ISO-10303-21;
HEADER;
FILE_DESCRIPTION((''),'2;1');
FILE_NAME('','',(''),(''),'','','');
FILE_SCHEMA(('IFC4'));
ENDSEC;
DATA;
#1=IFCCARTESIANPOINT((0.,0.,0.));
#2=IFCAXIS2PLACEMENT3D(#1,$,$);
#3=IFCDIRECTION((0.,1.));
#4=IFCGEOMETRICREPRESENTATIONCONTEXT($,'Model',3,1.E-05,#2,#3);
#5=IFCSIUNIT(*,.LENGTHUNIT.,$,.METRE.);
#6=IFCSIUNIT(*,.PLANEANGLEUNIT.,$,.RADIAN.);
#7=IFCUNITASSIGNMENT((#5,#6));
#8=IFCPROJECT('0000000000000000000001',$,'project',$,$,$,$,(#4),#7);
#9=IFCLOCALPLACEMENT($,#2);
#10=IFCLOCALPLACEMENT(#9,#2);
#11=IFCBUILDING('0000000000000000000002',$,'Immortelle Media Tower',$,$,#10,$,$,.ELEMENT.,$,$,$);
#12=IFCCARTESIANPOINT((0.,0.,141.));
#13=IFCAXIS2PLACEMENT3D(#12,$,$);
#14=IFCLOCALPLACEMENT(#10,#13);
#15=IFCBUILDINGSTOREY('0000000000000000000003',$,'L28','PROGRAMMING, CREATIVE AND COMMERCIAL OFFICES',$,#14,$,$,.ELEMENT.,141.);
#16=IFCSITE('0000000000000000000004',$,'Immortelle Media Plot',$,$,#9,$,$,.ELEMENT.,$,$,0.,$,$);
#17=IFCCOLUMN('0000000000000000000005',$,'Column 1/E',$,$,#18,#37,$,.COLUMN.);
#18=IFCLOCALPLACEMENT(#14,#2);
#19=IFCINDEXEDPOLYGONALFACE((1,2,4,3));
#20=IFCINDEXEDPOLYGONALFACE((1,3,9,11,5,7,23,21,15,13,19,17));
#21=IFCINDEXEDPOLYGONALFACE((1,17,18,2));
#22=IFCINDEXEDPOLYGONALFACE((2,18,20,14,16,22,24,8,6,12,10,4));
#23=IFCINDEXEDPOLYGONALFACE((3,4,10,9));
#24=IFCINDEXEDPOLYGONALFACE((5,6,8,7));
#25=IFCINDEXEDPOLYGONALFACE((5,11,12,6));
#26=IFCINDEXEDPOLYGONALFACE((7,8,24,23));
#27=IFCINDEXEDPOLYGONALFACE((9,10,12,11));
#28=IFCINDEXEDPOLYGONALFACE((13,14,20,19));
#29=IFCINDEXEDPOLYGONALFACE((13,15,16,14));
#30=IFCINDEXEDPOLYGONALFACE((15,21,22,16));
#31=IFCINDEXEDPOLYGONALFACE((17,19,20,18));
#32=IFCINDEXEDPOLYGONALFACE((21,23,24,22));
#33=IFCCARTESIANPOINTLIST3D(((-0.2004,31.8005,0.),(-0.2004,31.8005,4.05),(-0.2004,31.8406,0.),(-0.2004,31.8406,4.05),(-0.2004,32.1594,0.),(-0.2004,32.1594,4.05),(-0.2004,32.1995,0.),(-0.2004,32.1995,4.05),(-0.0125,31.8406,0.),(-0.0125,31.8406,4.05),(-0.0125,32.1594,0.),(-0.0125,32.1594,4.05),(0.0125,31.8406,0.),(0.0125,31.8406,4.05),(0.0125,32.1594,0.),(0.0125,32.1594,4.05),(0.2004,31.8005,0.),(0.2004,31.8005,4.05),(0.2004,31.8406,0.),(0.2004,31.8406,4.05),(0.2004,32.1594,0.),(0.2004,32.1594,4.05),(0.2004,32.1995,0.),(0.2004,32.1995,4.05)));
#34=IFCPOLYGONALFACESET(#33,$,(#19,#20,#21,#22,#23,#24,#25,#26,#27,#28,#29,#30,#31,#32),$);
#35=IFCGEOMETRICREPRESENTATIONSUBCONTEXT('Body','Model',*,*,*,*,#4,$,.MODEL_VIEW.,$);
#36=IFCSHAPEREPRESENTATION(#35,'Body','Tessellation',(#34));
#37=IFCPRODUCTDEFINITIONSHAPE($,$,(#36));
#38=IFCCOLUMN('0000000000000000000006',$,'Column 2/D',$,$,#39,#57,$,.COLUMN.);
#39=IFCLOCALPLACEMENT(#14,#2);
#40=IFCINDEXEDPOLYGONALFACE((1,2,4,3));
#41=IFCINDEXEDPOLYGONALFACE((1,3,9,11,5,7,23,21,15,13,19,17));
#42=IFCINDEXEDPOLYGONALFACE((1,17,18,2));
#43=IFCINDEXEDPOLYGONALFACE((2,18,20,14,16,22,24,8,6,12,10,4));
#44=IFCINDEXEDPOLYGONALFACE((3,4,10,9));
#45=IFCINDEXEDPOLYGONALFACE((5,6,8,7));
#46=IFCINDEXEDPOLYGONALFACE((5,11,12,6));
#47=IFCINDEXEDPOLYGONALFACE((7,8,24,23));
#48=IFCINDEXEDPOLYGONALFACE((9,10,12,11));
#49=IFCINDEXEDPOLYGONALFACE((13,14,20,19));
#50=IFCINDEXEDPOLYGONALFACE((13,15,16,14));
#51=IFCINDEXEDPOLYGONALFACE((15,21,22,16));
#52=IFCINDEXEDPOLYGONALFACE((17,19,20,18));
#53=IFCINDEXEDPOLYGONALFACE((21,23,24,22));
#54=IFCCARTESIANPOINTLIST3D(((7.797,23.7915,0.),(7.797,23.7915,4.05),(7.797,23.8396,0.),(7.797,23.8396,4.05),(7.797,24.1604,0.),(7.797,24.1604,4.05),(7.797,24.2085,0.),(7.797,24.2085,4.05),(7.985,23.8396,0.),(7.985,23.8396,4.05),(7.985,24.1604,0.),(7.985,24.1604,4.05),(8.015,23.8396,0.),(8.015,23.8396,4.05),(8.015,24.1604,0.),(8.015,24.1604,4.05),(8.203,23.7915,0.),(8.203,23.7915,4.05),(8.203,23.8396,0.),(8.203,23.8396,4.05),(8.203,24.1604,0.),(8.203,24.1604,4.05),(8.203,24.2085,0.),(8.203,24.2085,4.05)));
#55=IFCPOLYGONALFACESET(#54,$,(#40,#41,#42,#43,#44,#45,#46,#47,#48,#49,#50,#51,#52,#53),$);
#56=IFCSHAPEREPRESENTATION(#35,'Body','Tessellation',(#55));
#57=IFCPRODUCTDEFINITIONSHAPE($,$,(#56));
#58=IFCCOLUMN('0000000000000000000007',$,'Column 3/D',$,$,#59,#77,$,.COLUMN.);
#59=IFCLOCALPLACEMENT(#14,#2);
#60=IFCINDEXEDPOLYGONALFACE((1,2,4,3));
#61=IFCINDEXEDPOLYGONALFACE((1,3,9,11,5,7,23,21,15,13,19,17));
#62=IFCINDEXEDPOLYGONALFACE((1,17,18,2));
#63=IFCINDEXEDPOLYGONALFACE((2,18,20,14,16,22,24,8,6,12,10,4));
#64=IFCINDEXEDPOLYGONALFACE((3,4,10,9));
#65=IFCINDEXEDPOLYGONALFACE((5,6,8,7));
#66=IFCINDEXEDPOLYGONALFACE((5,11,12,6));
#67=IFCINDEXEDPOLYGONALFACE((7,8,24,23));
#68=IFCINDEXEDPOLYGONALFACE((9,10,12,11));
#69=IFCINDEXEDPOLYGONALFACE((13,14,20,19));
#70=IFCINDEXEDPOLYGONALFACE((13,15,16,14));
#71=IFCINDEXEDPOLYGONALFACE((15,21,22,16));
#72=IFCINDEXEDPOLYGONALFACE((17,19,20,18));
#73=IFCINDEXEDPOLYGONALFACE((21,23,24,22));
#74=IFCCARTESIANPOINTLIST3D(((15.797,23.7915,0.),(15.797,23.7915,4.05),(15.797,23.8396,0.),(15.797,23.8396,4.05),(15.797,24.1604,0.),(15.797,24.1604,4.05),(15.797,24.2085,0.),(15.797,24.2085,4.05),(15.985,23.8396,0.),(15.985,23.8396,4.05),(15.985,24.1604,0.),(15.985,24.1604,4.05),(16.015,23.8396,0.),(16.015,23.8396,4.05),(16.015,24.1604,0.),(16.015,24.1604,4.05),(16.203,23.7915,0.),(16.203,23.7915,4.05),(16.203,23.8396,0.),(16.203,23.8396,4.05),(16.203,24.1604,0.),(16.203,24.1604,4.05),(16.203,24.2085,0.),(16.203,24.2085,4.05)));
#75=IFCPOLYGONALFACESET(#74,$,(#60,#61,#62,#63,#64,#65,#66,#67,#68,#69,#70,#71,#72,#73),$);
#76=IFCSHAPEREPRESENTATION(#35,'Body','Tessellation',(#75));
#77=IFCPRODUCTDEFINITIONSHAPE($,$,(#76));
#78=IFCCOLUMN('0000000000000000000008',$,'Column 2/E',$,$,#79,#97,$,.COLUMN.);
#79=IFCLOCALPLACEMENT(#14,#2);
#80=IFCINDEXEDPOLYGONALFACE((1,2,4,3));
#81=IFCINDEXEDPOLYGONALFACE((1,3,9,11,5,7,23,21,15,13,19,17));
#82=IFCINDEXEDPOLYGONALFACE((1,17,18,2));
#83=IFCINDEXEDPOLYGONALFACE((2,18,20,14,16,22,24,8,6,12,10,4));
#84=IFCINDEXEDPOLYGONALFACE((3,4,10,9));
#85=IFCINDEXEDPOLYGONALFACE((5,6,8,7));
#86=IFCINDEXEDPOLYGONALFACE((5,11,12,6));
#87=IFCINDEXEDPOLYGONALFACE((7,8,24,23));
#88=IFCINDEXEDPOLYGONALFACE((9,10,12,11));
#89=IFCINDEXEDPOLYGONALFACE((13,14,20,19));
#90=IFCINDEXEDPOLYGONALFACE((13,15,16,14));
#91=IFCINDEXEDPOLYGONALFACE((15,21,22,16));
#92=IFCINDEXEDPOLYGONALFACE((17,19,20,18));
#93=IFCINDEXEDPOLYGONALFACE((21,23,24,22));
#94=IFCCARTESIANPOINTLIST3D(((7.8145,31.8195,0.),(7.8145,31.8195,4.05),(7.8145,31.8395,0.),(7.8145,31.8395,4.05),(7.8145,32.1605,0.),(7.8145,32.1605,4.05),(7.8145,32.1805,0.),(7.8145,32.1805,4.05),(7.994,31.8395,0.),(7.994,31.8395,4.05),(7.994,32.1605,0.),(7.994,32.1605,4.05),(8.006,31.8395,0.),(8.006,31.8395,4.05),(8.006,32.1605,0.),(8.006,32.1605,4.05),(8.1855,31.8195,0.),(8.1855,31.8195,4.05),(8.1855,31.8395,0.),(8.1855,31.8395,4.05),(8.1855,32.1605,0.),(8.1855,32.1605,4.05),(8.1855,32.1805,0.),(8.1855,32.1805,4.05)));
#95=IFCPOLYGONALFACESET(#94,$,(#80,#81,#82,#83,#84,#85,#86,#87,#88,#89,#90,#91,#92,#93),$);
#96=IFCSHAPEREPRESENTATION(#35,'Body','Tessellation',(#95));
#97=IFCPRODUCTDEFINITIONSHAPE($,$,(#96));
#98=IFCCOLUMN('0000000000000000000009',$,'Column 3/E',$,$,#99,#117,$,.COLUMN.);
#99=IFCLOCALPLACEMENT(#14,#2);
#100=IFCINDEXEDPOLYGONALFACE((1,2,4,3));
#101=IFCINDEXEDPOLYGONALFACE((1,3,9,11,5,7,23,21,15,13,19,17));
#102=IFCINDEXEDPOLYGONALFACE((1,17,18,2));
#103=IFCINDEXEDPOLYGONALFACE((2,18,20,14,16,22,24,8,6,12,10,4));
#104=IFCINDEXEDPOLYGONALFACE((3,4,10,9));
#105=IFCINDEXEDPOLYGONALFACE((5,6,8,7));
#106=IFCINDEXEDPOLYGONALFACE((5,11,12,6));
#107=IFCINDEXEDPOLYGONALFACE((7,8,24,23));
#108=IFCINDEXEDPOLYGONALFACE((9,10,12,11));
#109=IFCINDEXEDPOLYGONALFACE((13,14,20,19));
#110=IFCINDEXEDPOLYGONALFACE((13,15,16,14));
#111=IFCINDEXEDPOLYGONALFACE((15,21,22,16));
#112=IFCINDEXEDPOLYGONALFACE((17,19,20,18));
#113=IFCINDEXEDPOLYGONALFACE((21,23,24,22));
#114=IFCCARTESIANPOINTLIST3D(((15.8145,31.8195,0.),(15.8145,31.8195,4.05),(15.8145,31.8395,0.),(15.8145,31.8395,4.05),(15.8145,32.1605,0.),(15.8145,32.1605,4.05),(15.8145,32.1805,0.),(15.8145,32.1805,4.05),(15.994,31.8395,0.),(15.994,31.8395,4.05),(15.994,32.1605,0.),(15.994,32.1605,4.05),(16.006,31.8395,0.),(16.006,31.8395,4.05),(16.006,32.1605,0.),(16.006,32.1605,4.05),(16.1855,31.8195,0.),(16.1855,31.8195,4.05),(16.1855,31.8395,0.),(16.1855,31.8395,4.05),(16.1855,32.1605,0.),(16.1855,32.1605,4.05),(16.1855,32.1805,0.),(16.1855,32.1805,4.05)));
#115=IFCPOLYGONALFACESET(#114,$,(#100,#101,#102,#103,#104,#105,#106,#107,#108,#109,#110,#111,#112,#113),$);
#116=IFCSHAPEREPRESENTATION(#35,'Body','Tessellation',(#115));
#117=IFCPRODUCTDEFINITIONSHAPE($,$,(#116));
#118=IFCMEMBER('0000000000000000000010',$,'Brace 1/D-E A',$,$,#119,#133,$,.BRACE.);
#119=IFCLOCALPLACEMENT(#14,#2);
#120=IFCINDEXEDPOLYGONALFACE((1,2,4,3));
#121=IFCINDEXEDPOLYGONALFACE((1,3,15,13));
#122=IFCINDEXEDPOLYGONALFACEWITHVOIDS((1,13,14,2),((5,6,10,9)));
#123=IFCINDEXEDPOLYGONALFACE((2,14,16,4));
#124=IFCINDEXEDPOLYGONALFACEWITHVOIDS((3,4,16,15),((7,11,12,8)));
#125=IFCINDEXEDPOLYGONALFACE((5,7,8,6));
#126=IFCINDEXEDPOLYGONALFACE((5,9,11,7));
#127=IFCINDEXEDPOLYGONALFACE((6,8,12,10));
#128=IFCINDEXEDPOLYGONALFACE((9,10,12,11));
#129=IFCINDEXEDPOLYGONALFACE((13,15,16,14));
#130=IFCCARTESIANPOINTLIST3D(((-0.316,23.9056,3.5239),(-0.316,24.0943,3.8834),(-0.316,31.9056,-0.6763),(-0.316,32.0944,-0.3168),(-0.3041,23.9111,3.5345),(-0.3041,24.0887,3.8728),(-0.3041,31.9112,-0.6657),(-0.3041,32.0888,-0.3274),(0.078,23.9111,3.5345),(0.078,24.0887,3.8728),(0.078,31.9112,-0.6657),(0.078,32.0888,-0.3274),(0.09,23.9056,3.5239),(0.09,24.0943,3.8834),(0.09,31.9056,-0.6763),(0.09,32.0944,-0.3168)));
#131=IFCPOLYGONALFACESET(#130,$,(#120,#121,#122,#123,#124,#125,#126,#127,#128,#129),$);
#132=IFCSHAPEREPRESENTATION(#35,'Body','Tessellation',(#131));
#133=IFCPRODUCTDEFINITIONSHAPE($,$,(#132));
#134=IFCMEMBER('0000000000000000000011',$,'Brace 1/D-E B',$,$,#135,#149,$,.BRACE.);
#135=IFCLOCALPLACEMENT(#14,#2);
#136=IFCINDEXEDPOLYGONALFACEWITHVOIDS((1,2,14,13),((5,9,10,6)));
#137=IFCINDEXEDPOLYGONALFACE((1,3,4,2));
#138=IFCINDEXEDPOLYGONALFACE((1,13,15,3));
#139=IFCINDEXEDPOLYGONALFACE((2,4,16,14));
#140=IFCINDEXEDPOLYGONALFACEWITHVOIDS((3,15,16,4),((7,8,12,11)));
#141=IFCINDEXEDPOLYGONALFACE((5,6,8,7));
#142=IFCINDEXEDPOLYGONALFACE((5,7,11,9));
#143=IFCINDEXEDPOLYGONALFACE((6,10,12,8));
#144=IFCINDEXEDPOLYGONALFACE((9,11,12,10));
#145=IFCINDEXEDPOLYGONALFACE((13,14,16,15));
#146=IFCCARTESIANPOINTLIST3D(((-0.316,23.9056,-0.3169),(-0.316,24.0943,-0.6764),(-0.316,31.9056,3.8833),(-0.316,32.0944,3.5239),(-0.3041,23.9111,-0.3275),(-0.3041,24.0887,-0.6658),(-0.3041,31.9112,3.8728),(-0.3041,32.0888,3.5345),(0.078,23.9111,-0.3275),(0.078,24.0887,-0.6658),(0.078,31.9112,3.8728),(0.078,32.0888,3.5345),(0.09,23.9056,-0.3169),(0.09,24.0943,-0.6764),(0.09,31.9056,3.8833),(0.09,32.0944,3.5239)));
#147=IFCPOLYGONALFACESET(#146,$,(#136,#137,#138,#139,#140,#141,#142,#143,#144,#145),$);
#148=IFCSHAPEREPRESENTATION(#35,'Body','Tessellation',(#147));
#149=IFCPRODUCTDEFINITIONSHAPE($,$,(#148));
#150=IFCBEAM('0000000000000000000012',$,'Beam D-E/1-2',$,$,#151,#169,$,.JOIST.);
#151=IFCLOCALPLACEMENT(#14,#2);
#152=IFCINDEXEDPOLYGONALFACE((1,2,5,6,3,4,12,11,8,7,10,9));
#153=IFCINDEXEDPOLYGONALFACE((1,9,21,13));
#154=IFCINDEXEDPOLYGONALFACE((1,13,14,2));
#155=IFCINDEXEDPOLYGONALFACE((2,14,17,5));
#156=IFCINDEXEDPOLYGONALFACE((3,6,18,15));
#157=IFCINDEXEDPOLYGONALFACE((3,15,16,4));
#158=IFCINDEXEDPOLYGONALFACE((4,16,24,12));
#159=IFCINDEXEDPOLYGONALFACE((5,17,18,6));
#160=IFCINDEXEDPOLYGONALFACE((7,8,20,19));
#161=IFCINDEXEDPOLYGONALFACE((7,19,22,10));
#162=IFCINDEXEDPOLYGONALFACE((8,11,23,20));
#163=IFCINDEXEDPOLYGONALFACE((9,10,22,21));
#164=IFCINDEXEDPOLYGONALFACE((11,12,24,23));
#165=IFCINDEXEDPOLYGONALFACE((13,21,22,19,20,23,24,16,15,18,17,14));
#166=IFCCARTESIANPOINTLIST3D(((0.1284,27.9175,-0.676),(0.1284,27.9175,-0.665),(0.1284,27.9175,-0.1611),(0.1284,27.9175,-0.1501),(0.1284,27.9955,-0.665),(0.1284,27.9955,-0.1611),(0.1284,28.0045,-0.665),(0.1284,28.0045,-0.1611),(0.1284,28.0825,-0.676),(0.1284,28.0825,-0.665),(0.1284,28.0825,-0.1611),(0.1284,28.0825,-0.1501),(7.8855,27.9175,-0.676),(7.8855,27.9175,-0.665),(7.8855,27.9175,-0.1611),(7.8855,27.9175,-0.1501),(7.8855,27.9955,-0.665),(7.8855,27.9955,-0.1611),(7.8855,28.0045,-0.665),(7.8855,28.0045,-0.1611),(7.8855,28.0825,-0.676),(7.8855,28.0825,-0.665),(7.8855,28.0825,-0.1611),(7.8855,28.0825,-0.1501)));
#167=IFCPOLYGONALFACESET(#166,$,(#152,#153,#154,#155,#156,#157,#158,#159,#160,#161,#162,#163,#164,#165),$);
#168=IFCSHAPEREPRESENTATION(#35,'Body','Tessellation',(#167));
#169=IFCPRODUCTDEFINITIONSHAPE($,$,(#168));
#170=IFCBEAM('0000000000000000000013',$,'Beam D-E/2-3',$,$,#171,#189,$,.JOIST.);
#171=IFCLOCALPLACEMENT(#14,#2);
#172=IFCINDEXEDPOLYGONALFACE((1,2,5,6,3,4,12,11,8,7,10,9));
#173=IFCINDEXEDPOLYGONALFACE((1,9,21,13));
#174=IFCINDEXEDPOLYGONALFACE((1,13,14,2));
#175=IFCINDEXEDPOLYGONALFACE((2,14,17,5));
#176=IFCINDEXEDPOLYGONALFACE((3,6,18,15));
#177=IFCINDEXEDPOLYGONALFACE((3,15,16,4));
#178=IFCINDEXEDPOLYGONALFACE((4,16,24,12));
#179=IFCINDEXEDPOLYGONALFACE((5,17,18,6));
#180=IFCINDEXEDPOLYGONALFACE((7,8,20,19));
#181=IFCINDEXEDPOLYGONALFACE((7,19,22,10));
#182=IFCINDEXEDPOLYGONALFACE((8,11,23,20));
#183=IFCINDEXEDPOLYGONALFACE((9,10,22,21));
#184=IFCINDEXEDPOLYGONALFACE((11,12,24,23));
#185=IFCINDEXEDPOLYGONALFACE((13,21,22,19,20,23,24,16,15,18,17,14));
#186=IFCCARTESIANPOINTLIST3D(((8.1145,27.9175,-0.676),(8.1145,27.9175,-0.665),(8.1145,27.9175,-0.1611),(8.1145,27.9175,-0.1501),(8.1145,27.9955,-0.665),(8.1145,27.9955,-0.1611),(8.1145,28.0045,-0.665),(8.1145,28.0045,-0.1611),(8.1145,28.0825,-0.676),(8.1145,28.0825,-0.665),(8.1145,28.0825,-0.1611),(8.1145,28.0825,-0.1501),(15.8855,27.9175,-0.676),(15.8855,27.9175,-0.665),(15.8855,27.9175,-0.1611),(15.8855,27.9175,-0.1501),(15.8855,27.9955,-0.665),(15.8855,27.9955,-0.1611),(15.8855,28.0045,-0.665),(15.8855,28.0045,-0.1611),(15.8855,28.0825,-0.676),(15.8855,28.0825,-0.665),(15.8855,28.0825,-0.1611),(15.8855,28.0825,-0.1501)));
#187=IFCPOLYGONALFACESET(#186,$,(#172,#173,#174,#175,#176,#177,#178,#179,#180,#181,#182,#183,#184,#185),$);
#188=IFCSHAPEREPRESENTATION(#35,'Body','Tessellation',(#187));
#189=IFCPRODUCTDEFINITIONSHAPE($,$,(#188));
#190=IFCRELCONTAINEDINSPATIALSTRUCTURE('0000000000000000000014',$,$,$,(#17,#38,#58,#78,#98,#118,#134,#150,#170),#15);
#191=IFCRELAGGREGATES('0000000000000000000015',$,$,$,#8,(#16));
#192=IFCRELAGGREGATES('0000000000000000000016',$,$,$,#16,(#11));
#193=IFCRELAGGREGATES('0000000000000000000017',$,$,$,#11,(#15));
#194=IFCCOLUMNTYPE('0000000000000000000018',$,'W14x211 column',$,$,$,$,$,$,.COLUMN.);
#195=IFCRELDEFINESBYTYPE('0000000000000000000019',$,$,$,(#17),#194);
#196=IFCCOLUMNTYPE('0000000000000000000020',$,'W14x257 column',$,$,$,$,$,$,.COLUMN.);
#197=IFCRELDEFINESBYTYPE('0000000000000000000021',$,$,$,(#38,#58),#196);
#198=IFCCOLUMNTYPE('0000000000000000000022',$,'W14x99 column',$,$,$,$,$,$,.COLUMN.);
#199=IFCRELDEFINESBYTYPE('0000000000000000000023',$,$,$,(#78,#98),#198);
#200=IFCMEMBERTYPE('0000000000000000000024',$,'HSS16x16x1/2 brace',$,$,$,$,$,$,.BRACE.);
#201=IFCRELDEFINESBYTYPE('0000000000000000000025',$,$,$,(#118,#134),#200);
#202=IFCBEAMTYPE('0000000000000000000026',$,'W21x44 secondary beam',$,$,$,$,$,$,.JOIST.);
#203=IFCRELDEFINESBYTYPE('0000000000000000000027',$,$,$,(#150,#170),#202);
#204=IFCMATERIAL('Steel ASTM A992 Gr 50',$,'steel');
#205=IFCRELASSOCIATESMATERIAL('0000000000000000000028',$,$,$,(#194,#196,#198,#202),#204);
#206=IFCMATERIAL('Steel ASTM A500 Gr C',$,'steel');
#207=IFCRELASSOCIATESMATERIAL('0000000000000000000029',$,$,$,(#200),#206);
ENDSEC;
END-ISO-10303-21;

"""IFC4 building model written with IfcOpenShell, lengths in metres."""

from ifc_helpers import new_model, si_unit, direction, frame, origin, origin_2d, place, context, subcontext, project, spatial, hollow_rectangle, i_section, extrude, material, material_profile, profile_set, type_object, element, save


model = new_model("IFC4")

# Units and contexts
model_context = context("Model", 3, precision=1e-05, world=origin(), true_north=direction((0.0, 1.0)))
body_context = subcontext(model_context, "Body", "Model", "MODEL_VIEW")
ifc_project = project(units=[si_unit("LENGTHUNIT", "METRE"), si_unit("PLANEANGLEUNIT", "RADIAN")], contexts=[model_context])

# Site, building, storey
site_placement = place(None, origin())
site = spatial("IfcSite", under=ifc_project, at=site_placement, Name="Immortelle Media Plot", CompositionType="ELEMENT", RefElevation=0.0)
building_placement = place(site_placement, origin())
building = spatial("IfcBuilding", under=site, at=building_placement, Name="Immortelle Media Tower", CompositionType="ELEMENT")
storey_placement = place(building_placement, frame((0.0, 0.0, 141.0)))
storey = spatial("IfcBuildingStorey", under=building, at=storey_placement, Name="L28", Description="PROGRAMMING, CREATIVE AND COMMERCIAL OFFICES", CompositionType="ELEMENT", Elevation=141.0)

# Columns
ifc_material_1 = material(Name="Steel ASTM A992 Gr 50", Category="steel")
ifc_material_profile_1 = material_profile(ifc_material_1, i_section(OverallWidth=0.4009, OverallDepth=0.3989, WebThickness=0.0249, FlangeThickness=0.04, at=origin_2d()), Name="W14x211")
ifc_profile_set_1 = profile_set([ifc_material_profile_1], Name="Steel ASTM A992 Gr 50")
column_type_1 = type_object("IfcColumnType", Name="W14x211 column", PredefinedType="COLUMN", material=ifc_profile_set_1)
column_placement = place(storey_placement, frame((0.0, 32.0, 0.0), z_axis=(0.0, 0.0, 1.0), x_axis=(1.0, 0.0, 0.0)))
element("IfcColumn", 1, at=column_placement, inside=storey, type_object=column_type_1, Name="Column 1/E", PredefinedType="COLUMN", context=body_context, shape_type="SweptSolid", body=[
    extrude(i_section(OverallWidth=0.4009, OverallDepth=0.3989, WebThickness=0.0249, FlangeThickness=0.04, at=origin_2d()), origin(), (0.0, 0.0, 1.0), 4.05),
])
ifc_material_profile_2 = material_profile(ifc_material_1, i_section(OverallWidth=0.406, OverallDepth=0.417, WebThickness=0.03, FlangeThickness=0.0481, at=origin_2d()), Name="W14x257")
ifc_profile_set_2 = profile_set([ifc_material_profile_2], Name="Steel ASTM A992 Gr 50")
column_type_2 = type_object("IfcColumnType", Name="W14x257 column", PredefinedType="COLUMN", material=ifc_profile_set_2)
for number, where, z_axis, x_axis, name in (
    (2, (8.0, 24.0, 0.0), (0.0, 0.0, 1.0), (1.0, 0.0, 0.0), "Column 2/D"),
    (3, (16.0, 24.0, 0.0), (0.0, 0.0, 1.0), (1.0, 0.0, 0.0), "Column 3/D"),
):
    element("IfcColumn", number, at=place(storey_placement, frame(where, z_axis=z_axis, x_axis=x_axis)), inside=storey, type_object=column_type_2, Name=name, PredefinedType="COLUMN", context=body_context, shape_type="SweptSolid", body=[
        extrude(i_section(OverallWidth=0.406, OverallDepth=0.417, WebThickness=0.03, FlangeThickness=0.0481, at=origin_2d()), origin(), (0.0, 0.0, 1.0), 4.05),
    ])
ifc_material_profile_3 = material_profile(ifc_material_1, i_section(OverallWidth=0.3711, OverallDepth=0.3611, WebThickness=0.012, FlangeThickness=0.02, at=origin_2d()), Name="W14x99")
ifc_profile_set_3 = profile_set([ifc_material_profile_3], Name="Steel ASTM A992 Gr 50")
column_type_3 = type_object("IfcColumnType", Name="W14x99 column", PredefinedType="COLUMN", material=ifc_profile_set_3)
for number, where, z_axis, x_axis, name in (
    (4, (8.0, 32.0, 0.0), (0.0, 0.0, 1.0), (1.0, 0.0, 0.0), "Column 2/E"),
    (5, (16.0, 32.0, 0.0), (0.0, 0.0, 1.0), (1.0, 0.0, 0.0), "Column 3/E"),
):
    element("IfcColumn", number, at=place(storey_placement, frame(where, z_axis=z_axis, x_axis=x_axis)), inside=storey, type_object=column_type_3, Name=name, PredefinedType="COLUMN", context=body_context, shape_type="SweptSolid", body=[
        extrude(i_section(OverallWidth=0.3711, OverallDepth=0.3611, WebThickness=0.012, FlangeThickness=0.02, at=origin_2d()), origin(), (0.0, 0.0, 1.0), 4.05),
    ])

# Members
ifc_material_2 = material(Name="Steel ASTM A500 Gr C", Category="steel")
ifc_material_profile_4 = material_profile(ifc_material_2, hollow_rectangle(XDim=0.406, YDim=0.406, WallThickness=0.012, at=origin_2d()), Name="HSS16x16x1/2 brace")
ifc_profile_set_4 = profile_set([ifc_material_profile_4], Name="Steel ASTM A500 Gr C")
member_type = type_object("IfcMemberType", Name="HSS16x16x1/2 brace", PredefinedType="BRACE", material=ifc_profile_set_4)
for number, where, z_axis, x_axis, name in (
    (6, (-0.113, 32.0, -0.4966), (0.0, -0.885389, 0.464851), (1.0, 0.0, 0.0), "Brace 1/D-E A"),
    (7, (-0.113, 32.0, 3.7036), (0.0, -0.885389, -0.464851), (1.0, 0.0, 0.0), "Brace 1/D-E B"),
):
    element("IfcMember", number, at=place(storey_placement, frame(where, z_axis=z_axis, x_axis=x_axis)), inside=storey, type_object=member_type, Name=name, PredefinedType="BRACE", context=body_context, shape_type="SweptSolid", body=[
        extrude(hollow_rectangle(XDim=0.406, YDim=0.406, WallThickness=0.012, at=origin_2d()), origin(), (0.0, 0.0, 1.0), 9.0356),
    ])

# Beams
ifc_material_profile_5 = material_profile(ifc_material_1, i_section(OverallWidth=0.165, OverallDepth=0.5259, WebThickness=0.009, FlangeThickness=0.011, at=origin_2d()), Name="W21x44")
ifc_profile_set_5 = profile_set([ifc_material_profile_5], Name="Steel ASTM A992 Gr 50")
beam_type_1 = type_object("IfcBeamType", Name="W21x44 secondary beam", PredefinedType="JOIST", material=ifc_profile_set_5)
beam_1_placement = place(storey_placement, frame((0.1284, 28.0, -0.4131), z_axis=(1.0, 0.0, 0.0), x_axis=(0.0, 1.0, 0.0)))
element("IfcBeam", 8, at=beam_1_placement, inside=storey, type_object=beam_type_1, Name="Beam D-E/1-2", PredefinedType="JOIST", context=body_context, shape_type="SweptSolid", body=[
    extrude(i_section(OverallWidth=0.165, OverallDepth=0.5259, WebThickness=0.009, FlangeThickness=0.011, at=origin_2d()), origin(), (0.0, 0.0, 1.0), 7.7571),
])
beam_2_placement = place(storey_placement, frame((8.1145, 28.0, -0.4131), z_axis=(1.0, 0.0, 0.0), x_axis=(0.0, 1.0, 0.0)))
element("IfcBeam", 9, at=beam_2_placement, inside=storey, type_object=beam_type_1, Name="Beam D-E/2-3", PredefinedType="JOIST", context=body_context, shape_type="SweptSolid", body=[
    extrude(i_section(OverallWidth=0.165, OverallDepth=0.5259, WebThickness=0.009, FlangeThickness=0.011, at=origin_2d()), origin(), (0.0, 0.0, 1.0), 7.771),
])

save(model, "model.ifc")
